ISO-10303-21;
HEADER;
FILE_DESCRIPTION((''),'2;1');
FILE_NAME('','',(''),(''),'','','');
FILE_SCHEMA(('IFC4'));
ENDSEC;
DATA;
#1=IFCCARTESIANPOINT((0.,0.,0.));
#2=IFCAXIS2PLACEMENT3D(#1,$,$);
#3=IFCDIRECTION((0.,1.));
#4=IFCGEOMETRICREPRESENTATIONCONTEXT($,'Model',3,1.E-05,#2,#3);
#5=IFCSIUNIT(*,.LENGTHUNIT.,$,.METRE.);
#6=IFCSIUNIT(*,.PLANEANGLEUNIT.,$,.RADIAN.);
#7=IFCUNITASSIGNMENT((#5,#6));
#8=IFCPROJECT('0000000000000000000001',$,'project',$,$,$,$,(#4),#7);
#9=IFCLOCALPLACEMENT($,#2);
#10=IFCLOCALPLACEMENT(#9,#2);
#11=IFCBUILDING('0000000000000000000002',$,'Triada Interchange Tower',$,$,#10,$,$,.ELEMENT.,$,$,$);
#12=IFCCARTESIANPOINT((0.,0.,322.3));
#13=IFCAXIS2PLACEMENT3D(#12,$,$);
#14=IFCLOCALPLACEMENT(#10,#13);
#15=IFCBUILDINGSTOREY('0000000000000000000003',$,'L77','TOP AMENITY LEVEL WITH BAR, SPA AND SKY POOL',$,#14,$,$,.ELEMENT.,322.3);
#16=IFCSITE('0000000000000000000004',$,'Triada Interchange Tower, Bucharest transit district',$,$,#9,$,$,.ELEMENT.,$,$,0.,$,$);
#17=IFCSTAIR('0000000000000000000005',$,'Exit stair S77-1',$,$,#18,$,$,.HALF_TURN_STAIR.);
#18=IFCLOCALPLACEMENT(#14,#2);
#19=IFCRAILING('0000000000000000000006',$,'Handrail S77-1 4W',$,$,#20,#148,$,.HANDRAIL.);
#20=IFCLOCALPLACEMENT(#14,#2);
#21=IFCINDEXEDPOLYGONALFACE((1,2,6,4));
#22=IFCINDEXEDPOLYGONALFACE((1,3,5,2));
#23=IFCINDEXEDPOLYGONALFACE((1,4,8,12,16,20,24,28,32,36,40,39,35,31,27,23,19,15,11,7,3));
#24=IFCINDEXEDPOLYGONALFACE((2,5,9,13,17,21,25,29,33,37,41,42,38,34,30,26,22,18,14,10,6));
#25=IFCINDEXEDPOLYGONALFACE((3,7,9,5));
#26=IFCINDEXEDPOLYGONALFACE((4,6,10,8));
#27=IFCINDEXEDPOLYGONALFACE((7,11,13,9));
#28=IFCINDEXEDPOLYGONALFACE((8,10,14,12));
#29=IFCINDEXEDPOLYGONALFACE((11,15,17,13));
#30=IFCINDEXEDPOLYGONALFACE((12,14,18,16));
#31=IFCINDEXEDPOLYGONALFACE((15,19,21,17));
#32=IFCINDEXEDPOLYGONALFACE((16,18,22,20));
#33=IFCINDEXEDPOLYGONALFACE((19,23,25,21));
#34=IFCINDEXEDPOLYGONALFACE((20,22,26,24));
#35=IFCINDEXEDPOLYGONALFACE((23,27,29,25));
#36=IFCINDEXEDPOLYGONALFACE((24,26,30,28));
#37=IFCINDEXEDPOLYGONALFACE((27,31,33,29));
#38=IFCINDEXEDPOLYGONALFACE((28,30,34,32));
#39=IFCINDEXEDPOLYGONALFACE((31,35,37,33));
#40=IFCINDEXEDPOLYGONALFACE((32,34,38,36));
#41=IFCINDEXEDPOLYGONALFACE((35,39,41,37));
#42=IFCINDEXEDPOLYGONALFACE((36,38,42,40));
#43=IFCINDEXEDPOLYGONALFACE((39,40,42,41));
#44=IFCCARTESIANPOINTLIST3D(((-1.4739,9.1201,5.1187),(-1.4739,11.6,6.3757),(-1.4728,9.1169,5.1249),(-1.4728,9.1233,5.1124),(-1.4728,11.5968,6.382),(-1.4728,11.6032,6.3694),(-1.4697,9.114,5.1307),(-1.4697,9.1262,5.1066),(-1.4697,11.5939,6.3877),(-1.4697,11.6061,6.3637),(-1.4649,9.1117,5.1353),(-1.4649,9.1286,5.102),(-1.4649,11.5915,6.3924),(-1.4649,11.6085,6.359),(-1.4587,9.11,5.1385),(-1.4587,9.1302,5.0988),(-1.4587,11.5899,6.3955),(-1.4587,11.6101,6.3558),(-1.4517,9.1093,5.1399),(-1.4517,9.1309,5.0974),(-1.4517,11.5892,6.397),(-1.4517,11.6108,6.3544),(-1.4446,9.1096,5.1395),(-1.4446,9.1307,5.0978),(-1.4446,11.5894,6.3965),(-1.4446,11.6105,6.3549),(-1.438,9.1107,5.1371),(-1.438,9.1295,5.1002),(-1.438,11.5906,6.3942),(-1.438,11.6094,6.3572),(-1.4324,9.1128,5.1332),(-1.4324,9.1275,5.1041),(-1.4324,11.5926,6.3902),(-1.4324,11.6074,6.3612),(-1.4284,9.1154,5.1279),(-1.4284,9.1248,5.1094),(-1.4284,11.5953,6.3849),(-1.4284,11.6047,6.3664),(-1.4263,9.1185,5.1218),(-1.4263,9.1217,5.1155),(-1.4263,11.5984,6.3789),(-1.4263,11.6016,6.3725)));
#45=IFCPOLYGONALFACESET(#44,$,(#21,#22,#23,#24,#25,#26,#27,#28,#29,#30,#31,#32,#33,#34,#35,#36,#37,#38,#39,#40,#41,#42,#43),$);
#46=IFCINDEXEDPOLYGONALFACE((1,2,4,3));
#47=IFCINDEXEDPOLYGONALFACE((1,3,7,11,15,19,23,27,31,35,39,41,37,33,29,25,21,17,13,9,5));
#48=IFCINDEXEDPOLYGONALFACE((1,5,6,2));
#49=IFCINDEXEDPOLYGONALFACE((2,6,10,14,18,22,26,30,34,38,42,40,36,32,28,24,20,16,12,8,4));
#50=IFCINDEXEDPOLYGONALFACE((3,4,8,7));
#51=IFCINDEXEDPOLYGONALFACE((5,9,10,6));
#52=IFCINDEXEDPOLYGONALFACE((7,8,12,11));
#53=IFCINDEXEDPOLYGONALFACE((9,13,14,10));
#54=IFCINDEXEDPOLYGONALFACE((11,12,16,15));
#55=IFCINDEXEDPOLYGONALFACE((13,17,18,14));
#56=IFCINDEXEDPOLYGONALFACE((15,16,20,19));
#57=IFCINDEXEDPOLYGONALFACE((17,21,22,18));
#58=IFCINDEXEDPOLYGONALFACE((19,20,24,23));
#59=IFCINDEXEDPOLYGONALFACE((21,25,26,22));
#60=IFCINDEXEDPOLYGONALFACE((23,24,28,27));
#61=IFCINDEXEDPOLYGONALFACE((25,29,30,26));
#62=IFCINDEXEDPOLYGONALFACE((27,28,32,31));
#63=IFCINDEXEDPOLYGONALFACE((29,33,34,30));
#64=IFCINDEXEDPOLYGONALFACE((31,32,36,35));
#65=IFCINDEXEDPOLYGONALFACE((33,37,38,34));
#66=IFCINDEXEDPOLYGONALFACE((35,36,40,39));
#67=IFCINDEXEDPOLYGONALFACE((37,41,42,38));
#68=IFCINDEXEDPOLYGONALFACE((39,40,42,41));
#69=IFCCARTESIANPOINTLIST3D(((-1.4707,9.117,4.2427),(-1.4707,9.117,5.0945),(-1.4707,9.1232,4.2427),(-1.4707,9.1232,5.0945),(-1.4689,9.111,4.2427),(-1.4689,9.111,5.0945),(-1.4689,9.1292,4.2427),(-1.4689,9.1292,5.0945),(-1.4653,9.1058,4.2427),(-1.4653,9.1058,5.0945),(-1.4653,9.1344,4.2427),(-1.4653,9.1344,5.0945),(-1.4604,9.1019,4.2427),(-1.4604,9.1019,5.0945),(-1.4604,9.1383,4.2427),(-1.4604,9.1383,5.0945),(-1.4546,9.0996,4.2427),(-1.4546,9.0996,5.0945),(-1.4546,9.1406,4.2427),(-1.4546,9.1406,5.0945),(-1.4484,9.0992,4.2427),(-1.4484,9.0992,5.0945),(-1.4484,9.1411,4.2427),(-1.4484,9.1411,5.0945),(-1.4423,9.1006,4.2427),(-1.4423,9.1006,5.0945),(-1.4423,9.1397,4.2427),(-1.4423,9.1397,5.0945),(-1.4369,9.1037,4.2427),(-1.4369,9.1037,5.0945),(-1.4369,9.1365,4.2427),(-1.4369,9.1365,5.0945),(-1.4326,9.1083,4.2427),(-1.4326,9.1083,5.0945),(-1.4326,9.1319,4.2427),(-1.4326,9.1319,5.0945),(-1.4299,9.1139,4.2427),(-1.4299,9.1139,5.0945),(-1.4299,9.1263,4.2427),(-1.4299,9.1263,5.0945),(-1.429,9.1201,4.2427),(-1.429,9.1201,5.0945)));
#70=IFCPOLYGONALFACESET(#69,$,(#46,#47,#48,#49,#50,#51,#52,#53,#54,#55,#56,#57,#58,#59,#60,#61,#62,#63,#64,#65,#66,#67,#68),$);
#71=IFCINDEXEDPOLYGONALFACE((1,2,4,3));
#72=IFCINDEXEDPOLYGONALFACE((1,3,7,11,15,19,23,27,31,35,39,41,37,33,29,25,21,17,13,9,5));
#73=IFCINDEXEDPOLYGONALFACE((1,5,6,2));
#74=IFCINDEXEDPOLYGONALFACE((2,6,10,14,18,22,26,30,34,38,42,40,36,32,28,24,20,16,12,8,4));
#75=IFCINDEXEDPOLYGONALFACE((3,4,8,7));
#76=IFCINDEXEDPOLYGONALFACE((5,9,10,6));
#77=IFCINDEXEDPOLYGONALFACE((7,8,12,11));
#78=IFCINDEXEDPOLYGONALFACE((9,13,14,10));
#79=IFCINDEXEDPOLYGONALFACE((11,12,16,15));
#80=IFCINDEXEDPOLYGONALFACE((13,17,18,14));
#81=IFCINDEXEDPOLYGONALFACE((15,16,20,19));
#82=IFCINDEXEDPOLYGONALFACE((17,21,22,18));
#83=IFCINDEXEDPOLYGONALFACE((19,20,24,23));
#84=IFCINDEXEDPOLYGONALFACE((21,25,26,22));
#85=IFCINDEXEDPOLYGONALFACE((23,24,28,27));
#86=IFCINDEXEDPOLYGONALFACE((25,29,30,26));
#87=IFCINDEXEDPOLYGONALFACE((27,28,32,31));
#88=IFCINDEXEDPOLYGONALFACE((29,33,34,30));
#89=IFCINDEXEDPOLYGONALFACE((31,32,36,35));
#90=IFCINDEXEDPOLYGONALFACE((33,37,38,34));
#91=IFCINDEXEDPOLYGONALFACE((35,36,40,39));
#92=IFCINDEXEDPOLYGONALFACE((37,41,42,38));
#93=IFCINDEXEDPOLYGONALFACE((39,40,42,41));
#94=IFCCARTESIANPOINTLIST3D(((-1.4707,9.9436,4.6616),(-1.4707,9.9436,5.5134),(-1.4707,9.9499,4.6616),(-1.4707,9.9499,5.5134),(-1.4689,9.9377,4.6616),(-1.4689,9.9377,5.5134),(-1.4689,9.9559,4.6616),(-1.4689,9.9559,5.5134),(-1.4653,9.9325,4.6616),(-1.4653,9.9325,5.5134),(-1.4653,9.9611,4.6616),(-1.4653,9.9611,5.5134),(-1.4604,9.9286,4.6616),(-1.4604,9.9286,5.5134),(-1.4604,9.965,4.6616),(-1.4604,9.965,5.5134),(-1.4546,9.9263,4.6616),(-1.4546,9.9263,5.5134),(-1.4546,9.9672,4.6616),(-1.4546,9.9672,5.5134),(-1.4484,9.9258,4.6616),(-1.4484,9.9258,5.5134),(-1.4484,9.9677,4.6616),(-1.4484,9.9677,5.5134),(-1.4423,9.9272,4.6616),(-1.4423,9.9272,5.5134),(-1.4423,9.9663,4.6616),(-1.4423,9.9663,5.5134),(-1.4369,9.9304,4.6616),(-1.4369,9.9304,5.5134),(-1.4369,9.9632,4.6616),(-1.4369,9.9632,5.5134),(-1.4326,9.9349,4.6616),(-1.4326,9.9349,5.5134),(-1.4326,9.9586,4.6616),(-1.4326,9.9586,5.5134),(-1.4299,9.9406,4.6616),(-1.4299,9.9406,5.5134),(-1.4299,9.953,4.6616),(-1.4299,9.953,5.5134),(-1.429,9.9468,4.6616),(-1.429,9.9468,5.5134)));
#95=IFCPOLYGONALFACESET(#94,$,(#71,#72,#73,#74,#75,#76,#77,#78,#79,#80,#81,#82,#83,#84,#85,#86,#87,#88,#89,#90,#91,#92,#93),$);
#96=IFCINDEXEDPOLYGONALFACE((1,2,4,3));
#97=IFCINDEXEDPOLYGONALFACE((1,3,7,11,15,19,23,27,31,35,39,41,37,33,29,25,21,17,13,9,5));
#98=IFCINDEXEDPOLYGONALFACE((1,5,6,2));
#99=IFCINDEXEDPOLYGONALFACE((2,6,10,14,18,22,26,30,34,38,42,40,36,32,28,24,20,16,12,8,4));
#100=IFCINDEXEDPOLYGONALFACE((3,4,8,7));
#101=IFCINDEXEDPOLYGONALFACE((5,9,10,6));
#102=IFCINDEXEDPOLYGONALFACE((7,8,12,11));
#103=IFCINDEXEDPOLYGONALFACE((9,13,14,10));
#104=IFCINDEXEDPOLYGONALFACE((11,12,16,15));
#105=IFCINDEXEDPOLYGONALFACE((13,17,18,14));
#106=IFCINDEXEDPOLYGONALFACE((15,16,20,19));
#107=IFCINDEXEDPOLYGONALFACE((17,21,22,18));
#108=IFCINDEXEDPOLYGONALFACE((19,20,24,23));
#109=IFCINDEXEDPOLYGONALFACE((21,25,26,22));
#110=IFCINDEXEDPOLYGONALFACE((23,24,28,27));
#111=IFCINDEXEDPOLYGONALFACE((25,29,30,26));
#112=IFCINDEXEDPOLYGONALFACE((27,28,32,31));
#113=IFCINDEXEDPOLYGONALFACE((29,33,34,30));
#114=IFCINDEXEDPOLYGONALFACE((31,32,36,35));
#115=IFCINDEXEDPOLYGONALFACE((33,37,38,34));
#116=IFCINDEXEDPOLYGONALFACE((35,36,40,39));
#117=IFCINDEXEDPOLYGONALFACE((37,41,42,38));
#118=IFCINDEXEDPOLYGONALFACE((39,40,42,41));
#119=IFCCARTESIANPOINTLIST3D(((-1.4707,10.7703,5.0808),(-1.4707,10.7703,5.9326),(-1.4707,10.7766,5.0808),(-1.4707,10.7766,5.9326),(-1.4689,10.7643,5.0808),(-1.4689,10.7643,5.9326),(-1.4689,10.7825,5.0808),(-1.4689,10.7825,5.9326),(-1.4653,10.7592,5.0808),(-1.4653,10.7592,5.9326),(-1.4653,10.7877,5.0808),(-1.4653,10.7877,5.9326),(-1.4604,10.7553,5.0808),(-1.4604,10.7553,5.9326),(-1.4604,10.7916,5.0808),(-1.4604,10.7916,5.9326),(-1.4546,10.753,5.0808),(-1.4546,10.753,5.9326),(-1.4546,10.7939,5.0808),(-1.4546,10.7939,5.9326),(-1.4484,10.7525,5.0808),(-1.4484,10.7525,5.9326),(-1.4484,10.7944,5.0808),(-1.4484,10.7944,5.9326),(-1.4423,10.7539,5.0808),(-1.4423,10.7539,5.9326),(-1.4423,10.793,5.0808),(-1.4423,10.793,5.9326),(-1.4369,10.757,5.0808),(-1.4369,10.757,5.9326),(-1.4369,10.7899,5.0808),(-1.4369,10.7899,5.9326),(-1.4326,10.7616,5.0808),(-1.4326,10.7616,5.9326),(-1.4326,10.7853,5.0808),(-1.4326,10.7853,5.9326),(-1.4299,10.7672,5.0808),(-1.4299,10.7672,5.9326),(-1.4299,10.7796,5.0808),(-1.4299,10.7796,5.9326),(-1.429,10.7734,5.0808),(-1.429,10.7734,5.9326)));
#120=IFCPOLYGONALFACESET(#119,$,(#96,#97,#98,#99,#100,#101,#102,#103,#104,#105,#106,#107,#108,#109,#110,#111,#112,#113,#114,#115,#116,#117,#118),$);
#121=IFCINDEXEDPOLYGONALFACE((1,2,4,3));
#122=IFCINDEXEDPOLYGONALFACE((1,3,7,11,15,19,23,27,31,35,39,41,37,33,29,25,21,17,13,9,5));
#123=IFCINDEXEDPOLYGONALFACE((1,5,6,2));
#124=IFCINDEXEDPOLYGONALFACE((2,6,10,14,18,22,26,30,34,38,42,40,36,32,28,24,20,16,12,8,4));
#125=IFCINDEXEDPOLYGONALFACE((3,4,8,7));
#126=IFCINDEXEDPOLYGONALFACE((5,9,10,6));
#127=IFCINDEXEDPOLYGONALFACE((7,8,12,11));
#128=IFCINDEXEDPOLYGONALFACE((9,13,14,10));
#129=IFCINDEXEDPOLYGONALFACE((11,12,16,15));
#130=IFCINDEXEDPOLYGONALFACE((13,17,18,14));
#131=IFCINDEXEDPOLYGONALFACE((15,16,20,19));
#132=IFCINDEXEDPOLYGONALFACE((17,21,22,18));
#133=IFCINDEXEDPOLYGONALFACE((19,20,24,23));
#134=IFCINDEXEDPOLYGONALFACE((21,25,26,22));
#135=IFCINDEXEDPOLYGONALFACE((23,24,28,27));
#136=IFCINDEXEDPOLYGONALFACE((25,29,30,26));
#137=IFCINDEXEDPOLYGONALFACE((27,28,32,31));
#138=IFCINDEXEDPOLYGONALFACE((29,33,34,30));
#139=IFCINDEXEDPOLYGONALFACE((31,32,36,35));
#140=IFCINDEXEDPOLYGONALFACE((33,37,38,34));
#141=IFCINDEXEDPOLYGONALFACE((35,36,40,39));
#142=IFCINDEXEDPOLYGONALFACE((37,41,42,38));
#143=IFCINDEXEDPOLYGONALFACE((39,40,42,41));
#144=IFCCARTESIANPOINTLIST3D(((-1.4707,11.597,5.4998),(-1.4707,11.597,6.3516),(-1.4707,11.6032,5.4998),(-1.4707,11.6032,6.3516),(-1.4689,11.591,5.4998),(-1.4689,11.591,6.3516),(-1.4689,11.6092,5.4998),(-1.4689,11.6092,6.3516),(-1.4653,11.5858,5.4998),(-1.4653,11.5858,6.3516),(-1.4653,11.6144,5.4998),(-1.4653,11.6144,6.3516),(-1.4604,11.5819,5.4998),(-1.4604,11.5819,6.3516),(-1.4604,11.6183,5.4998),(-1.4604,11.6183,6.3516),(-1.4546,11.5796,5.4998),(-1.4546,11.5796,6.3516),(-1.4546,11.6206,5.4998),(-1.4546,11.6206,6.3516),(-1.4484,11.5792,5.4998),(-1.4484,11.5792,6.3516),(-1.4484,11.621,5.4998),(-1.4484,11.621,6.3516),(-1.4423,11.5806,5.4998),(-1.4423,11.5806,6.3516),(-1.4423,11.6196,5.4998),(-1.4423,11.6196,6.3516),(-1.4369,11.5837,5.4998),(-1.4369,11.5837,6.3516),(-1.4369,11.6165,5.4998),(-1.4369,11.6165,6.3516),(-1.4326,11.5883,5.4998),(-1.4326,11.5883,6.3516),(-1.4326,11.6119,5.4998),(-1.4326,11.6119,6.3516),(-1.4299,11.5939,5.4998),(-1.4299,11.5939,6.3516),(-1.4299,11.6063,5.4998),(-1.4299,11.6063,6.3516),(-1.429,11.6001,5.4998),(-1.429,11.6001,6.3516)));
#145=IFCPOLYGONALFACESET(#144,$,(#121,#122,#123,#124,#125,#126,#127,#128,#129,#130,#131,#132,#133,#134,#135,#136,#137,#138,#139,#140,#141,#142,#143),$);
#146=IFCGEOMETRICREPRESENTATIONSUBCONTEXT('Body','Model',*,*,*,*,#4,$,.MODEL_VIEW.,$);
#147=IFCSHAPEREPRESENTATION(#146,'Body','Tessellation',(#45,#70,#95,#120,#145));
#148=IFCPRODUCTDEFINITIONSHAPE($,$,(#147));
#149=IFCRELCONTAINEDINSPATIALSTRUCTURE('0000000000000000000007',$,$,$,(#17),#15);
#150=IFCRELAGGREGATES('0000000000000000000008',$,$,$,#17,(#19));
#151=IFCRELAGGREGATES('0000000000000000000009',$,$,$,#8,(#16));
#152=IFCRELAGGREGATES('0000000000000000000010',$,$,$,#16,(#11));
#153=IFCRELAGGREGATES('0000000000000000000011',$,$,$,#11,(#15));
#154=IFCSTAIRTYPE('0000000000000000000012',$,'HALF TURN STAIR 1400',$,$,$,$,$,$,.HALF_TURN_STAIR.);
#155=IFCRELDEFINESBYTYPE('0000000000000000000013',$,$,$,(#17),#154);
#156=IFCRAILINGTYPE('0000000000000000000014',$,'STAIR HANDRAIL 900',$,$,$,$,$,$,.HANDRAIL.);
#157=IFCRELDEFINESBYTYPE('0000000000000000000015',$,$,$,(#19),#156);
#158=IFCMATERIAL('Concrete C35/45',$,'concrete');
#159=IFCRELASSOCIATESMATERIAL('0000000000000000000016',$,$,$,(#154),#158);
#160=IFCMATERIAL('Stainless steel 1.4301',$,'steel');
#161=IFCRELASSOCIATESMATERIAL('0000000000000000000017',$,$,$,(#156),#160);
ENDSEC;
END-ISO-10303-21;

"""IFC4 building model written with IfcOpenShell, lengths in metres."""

from ifc_helpers import new_model, si_unit, direction, frame, origin, origin_2d, place, context, subcontext, project, spatial, circle, extrude, material, type_object, element, aggregate, save


model = new_model("IFC4")

# Units and contexts
model_context = context("Model", 3, precision=1e-05, world=origin(), true_north=direction((0.0, 1.0)))
body_context = subcontext(model_context, "Body", "Model", "MODEL_VIEW")
ifc_project = project(units=[si_unit("LENGTHUNIT", "METRE"), si_unit("PLANEANGLEUNIT", "RADIAN")], contexts=[model_context])

# Site, building, storey
site_placement = place(None, origin())
site = spatial("IfcSite", under=ifc_project, at=site_placement, Name="Triada Interchange Tower, Bucharest transit district", CompositionType="ELEMENT", RefElevation=0.0)
building_placement = place(site_placement, origin())
building = spatial("IfcBuilding", under=site, at=building_placement, Name="Triada Interchange Tower", CompositionType="ELEMENT")
storey_placement = place(building_placement, frame((0.0, 0.0, 322.3)))
storey = spatial("IfcBuildingStorey", under=building, at=storey_placement, Name="L77", Description="TOP AMENITY LEVEL WITH BAR, SPA AND SKY POOL", CompositionType="ELEMENT", Elevation=322.3)

# Stair, railing
ifc_material_1 = material(Name="Concrete C35/45", Category="concrete")
stair_type = type_object("IfcStairType", Name="HALF TURN STAIR 1400", PredefinedType="HALF_TURN_STAIR", material=ifc_material_1)
stair_placement = place(storey_placement, origin())
stair = element("IfcStair", 1, at=stair_placement, inside=storey, type_object=stair_type, Name="Exit stair S77-1", PredefinedType="HALF_TURN_STAIR")
ifc_material_2 = material(Name="Stainless steel 1.4301", Category="steel")
railing_type = type_object("IfcRailingType", Name="STAIR HANDRAIL 900", PredefinedType="HANDRAIL", material=ifc_material_2)
railing_1_placement = place(storey_placement, frame((-1.45, 9.1201, 4.2427)))
railing_1 = element("IfcRailing", 2, at=railing_1_placement, type_object=railing_type, Name="Handrail S77-1 4W", PredefinedType="HANDRAIL", context=body_context, shape_type="SweptSolid", body=[
    extrude(circle(Radius=0.0239, at=origin_2d()), frame((0.0, 0.0, 0.876), z_axis=(0.0, 0.891955, 0.452124), x_axis=(-1.0, 0.0, 0.0)), (0.0, 0.0, 1.0), 2.7803),
    extrude(circle(Radius=0.021, at=origin_2d()), origin(), (0.0, 0.0, 1.0), 0.8518),
    extrude(circle(Radius=0.021, at=origin_2d()), frame((0.0, 0.8267, 0.4189)), (0.0, 0.0, 1.0), 0.8518),
    extrude(circle(Radius=0.021, at=origin_2d()), frame((0.0, 1.6533, 0.8381)), (0.0, 0.0, 1.0), 0.8518),
    extrude(circle(Radius=0.021, at=origin_2d()), frame((0.0, 2.48, 1.2571)), (0.0, 0.0, 1.0), 0.8518),
])
aggregate(stair, [railing_1])

save(model, "model.ifc")
